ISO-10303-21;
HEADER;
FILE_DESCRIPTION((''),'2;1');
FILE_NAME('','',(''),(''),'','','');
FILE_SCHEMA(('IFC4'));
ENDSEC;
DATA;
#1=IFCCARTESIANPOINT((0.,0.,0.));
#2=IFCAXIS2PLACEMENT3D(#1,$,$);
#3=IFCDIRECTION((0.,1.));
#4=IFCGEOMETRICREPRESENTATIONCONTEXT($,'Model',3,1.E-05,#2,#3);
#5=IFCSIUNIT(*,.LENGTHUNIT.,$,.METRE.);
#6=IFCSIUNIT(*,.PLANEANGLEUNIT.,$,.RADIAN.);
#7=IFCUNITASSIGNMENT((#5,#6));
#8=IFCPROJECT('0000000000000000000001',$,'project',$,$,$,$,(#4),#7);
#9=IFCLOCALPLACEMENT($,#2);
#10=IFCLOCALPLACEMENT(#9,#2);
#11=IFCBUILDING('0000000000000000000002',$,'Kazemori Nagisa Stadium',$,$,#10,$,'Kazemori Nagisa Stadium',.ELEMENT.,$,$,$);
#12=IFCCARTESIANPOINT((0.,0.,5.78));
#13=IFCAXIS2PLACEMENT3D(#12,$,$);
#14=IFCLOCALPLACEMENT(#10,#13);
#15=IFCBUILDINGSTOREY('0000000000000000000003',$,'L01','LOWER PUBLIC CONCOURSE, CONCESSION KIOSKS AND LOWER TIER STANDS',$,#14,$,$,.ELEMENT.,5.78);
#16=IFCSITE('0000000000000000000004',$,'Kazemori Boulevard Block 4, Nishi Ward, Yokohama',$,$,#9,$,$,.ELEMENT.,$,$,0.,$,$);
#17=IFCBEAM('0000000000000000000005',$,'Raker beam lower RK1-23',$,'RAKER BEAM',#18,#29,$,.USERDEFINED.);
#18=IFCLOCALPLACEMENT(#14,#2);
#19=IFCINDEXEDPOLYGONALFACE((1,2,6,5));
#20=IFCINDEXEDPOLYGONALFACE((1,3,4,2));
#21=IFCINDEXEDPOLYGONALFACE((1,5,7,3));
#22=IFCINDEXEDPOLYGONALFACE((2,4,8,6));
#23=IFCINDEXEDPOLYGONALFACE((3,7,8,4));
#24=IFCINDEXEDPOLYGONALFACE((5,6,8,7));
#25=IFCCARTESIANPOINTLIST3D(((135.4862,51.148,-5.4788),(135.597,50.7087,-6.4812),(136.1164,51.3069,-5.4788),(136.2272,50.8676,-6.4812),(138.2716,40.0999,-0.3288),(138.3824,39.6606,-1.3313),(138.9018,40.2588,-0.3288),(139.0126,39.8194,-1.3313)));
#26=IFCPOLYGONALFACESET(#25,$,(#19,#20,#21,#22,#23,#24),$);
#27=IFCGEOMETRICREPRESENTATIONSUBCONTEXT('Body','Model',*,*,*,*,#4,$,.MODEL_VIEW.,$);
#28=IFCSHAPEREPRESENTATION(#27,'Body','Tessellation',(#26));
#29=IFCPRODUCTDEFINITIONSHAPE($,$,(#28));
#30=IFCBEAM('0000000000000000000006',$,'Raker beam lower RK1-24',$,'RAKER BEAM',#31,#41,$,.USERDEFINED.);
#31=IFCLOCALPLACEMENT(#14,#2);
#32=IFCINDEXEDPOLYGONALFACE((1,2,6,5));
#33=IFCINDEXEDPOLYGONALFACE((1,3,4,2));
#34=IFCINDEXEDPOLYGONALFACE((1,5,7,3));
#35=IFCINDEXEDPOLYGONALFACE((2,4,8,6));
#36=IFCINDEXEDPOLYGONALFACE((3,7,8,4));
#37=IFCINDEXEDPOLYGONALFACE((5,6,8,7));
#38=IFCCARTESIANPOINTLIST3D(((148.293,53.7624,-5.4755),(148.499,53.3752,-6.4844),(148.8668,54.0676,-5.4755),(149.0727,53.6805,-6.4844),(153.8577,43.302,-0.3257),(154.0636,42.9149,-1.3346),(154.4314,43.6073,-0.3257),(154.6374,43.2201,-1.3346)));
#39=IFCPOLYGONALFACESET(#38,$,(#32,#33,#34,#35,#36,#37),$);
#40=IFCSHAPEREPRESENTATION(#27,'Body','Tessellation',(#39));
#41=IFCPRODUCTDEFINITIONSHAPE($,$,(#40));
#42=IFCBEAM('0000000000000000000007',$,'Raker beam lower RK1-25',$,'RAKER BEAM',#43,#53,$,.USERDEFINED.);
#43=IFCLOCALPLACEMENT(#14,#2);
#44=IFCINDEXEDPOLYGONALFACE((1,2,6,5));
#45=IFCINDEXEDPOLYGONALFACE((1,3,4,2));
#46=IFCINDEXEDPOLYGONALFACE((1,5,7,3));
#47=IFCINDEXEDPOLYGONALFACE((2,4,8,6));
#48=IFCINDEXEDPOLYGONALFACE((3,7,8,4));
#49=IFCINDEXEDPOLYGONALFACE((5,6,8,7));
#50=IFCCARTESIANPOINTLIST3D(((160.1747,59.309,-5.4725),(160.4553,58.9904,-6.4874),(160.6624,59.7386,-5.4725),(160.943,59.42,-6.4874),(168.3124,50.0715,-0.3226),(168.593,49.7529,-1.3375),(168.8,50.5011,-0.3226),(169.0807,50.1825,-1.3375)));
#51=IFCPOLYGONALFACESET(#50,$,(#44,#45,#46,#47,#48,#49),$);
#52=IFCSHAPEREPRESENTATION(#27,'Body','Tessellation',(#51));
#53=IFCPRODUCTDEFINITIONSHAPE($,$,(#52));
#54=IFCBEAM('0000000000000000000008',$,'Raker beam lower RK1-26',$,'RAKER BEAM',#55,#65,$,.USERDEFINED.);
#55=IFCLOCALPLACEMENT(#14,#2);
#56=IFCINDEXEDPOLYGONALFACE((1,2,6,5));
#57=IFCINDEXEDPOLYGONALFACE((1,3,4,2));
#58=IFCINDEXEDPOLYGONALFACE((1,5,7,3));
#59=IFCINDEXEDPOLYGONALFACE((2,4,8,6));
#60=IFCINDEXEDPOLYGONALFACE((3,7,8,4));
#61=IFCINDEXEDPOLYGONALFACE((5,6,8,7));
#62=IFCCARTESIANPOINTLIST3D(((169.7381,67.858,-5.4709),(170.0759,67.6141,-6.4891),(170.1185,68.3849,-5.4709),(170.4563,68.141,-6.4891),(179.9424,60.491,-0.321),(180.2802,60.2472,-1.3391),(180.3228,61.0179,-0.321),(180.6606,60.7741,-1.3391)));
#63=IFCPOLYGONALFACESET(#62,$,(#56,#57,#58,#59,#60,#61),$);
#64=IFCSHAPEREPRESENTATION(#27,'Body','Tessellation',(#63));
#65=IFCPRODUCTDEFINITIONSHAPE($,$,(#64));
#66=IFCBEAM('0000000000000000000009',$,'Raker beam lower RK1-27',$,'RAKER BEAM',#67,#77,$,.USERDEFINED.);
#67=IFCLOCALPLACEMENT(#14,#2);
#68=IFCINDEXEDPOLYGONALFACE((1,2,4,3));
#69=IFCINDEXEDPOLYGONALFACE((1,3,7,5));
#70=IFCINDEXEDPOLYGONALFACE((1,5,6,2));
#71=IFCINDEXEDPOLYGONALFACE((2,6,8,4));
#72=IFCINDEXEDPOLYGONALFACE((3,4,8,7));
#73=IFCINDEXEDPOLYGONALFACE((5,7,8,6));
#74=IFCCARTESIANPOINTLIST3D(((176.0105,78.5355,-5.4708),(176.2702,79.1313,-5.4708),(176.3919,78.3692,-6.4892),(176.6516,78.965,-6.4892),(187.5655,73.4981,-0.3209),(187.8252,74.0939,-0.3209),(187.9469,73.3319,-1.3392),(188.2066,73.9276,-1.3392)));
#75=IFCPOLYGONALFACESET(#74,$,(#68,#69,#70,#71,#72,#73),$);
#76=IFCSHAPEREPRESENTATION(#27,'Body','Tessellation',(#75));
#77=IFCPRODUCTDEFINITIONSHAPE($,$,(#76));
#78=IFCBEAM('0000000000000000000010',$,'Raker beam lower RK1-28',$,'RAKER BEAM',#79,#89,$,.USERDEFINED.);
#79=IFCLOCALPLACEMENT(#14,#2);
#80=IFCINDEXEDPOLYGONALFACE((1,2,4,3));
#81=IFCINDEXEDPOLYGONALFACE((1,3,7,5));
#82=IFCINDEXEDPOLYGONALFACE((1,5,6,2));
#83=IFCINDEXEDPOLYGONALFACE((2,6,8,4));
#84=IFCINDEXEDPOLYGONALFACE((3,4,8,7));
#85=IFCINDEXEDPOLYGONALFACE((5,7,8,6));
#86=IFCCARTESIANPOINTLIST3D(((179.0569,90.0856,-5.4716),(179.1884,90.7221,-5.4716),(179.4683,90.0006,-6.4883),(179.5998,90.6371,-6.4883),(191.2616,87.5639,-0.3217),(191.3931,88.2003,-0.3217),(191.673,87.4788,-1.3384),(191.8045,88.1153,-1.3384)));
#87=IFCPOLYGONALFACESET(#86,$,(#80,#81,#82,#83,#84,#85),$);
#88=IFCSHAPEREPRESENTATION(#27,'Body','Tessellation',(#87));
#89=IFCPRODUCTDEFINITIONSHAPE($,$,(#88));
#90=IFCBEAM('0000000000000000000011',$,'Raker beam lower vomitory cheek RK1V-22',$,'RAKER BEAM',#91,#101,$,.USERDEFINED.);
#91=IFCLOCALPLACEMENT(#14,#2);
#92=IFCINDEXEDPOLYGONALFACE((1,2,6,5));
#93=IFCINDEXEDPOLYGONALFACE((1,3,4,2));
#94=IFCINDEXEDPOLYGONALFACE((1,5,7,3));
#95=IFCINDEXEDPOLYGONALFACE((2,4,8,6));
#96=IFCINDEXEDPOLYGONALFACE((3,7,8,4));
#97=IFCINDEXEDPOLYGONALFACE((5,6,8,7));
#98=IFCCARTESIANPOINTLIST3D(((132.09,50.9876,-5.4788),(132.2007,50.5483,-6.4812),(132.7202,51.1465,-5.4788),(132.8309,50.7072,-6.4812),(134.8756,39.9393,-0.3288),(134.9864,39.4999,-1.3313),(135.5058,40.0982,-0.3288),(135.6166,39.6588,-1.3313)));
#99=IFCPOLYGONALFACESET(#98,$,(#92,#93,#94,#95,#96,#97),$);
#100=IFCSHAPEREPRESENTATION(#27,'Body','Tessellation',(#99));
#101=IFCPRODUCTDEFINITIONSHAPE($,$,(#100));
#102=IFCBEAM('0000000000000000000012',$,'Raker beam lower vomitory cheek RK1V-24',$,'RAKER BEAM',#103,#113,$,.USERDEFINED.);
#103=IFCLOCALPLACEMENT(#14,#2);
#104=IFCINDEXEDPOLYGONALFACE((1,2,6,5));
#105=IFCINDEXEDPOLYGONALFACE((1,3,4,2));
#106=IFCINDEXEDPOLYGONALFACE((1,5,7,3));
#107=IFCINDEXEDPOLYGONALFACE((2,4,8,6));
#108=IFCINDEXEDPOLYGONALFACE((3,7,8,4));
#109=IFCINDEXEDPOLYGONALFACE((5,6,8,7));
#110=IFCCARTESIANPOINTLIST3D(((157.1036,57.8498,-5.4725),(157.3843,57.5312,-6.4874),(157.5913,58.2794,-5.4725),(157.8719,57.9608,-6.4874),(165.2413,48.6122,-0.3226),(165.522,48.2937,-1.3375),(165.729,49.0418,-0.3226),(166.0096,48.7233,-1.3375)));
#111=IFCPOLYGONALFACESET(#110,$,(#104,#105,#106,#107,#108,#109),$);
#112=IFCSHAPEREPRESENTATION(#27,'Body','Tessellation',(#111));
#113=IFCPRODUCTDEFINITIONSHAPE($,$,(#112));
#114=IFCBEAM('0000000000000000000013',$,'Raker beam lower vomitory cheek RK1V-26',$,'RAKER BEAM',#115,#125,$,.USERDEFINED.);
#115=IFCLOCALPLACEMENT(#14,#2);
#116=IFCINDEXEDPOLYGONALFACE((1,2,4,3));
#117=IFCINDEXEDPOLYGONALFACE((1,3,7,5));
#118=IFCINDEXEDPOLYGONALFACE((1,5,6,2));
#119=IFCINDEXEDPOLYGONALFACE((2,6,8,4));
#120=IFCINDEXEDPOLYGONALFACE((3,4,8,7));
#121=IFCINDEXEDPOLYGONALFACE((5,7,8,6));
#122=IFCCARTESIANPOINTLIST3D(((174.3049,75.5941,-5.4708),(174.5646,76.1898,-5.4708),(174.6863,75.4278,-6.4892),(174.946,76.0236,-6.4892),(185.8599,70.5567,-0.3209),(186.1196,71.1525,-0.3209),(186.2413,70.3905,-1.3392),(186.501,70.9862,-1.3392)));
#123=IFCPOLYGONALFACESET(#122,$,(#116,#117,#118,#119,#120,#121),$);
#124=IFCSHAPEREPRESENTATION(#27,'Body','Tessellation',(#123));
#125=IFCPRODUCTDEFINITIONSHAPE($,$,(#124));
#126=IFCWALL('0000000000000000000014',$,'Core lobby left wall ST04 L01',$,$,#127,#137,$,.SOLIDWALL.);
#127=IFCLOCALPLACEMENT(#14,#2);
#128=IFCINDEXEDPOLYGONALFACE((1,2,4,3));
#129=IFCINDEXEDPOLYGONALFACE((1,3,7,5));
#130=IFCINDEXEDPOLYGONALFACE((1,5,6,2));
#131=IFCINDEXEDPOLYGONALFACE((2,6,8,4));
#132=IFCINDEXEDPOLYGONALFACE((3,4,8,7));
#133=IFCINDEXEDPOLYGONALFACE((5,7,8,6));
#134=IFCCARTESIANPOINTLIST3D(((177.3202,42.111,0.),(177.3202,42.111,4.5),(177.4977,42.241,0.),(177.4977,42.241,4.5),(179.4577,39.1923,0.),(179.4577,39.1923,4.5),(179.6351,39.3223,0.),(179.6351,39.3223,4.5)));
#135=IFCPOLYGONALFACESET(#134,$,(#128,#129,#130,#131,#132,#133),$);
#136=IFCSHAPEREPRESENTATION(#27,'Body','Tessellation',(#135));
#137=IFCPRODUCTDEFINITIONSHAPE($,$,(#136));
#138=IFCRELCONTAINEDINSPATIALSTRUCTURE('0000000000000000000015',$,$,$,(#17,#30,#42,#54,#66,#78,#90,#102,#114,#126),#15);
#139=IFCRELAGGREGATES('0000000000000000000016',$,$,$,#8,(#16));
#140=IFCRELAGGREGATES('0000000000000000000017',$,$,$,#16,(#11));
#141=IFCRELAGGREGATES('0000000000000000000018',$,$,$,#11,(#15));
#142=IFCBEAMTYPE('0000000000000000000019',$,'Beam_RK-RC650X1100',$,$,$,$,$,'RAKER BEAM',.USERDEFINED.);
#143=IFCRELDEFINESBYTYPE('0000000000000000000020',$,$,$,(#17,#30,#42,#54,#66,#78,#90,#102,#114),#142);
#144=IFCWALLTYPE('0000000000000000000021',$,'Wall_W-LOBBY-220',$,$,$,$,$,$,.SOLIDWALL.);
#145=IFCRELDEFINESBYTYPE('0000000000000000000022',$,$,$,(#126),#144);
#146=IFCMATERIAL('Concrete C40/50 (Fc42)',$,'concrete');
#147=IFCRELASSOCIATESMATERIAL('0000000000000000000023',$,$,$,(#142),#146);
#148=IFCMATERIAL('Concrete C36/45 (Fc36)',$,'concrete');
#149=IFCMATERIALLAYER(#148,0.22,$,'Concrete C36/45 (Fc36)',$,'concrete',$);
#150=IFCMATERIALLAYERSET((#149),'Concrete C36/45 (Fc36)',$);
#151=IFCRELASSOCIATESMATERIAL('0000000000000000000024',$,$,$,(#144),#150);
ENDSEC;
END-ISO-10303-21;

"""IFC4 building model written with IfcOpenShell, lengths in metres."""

from ifc_helpers import new_model, si_unit, direction, frame, frame_2d, origin, origin_2d, place, context, subcontext, project, spatial, rectangle, extrude, material, layer, layer_set, material_profile, profile_set, type_object, element, save


model = new_model("IFC4")

# Units and contexts
model_context = context("Model", 3, precision=1e-05, world=origin(), true_north=direction((0.0, 1.0)))
body_context = subcontext(model_context, "Body", "Model", "MODEL_VIEW")
ifc_project = project(units=[si_unit("LENGTHUNIT", "METRE"), si_unit("PLANEANGLEUNIT", "RADIAN")], contexts=[model_context])

# Site, building, storey
site_placement = place(None, origin())
site = spatial("IfcSite", under=ifc_project, at=site_placement, Name="Kazemori Boulevard Block 4, Nishi Ward, Yokohama", CompositionType="ELEMENT", RefElevation=0.0)
building_placement = place(site_placement, origin())
building = spatial("IfcBuilding", under=site, at=building_placement, Name="Kazemori Nagisa Stadium", LongName="Kazemori Nagisa Stadium", CompositionType="ELEMENT")
storey_placement = place(building_placement, frame((0.0, 0.0, 5.78)))
storey = spatial("IfcBuildingStorey", under=building, at=storey_placement, Name="L01", Description="LOWER PUBLIC CONCOURSE, CONCESSION KIOSKS AND LOWER TIER STANDS", CompositionType="ELEMENT", Elevation=5.78)

# Shared definitions
ifc_material_1 = material(Name="Concrete C40/50 (Fc42)", Category="concrete")

# Beams
ifc_material_profile_1 = material_profile(ifc_material_1, rectangle(XDim=0.6499, YDim=1.1001, at=origin_2d()), Name="RC-RK-650x1100")
ifc_profile_set_1 = profile_set([ifc_material_profile_1], Name="Concrete C40/50 (Fc42)")
beam_type_1 = type_object("IfcBeamType", Name="Beam_RK-RC650X1100", ElementType="RAKER BEAM", PredefinedType="USERDEFINED", material=ifc_profile_set_1)
beam_1_placement = place(storey_placement, frame((135.8567, 51.0078, -5.98), z_axis=(0.222768, -0.883592, 0.411873), x_axis=(0.969658, 0.244466, 0.0)))
element("IfcBeam", 1, at=beam_1_placement, inside=storey, type_object=beam_type_1, Name="Raker beam lower RK1-23", ObjectType="RAKER BEAM", PredefinedType="USERDEFINED", context=body_context, shape_type="SweptSolid", body=[
    extrude(rectangle(XDim=0.6499, YDim=1.1001, at=origin_2d()), origin(), (0.0, 0.0, 1.0), 12.5037),
])
beam_2_placement = place(storey_placement, frame((148.6829, 53.7214, -5.98), z_axis=(0.430727, -0.809676, 0.398621), x_axis=(0.88285, 0.469654, 0.0)))
element("IfcBeam", 2, at=beam_2_placement, inside=storey, type_object=beam_type_1, Name="Raker beam lower RK1-24", ObjectType="RAKER BEAM", PredefinedType="USERDEFINED", context=body_context, shape_type="SweptSolid", body=[
    extrude(rectangle(XDim=0.6499, YDim=1.1001, at=origin_2d()), origin(), (0.0, 0.0, 1.0), 12.9192),
])
beam_3_placement = place(storey_placement, frame((160.5588, 59.3645, -5.98), z_axis=(0.609816, -0.692236, 0.385919), x_axis=(0.750365, 0.661024, 0.0)))
element("IfcBeam", 3, at=beam_3_placement, inside=storey, type_object=beam_type_1, Name="Raker beam lower RK1-25", ObjectType="RAKER BEAM", PredefinedType="USERDEFINED", context=body_context, shape_type="SweptSolid", body=[
    extrude(rectangle(XDim=0.6499, YDim=1.1001, at=origin_2d()), origin(), (0.0, 0.0, 1.0), 13.3445),
])
beam_4_placement = place(storey_placement, frame((170.0972, 67.9995, -5.98), z_axis=(0.750397, -0.541743, 0.378708), x_axis=(0.585341, 0.810787, 0.0)))
element("IfcBeam", 4, at=beam_4_placement, inside=storey, type_object=beam_type_1, Name="Raker beam lower RK1-26", ObjectType="RAKER BEAM", PredefinedType="USERDEFINED", context=body_context, shape_type="SweptSolid", body=[
    extrude(rectangle(XDim=0.6499, YDim=1.1001, at=origin_2d()), origin(), (0.0, 0.0, 1.0), 13.5986),
])
beam_5_placement = place(storey_placement, frame((176.3311, 78.7502, -5.98), z_axis=(0.848589, -0.369941, 0.378207), x_axis=(0.399625, 0.916679, 0.0)))
element("IfcBeam", 5, at=beam_5_placement, inside=storey, type_object=beam_type_1, Name="Raker beam lower RK1-27", ObjectType="RAKER BEAM", PredefinedType="USERDEFINED", context=body_context, shape_type="SweptSolid", body=[
    extrude(rectangle(XDim=0.6499, YDim=1.1001, at=origin_2d()), origin(), (0.0, 0.0, 1.0), 13.6167),
])
beam_6_placement = place(storey_placement, frame((179.3284, 90.3613, -5.98), z_axis=(0.905081, -0.187009, 0.381912), x_axis=(0.202347, 0.979314, 0.0)))
element("IfcBeam", 6, at=beam_6_placement, inside=storey, type_object=beam_type_1, Name="Raker beam lower RK1-28", ObjectType="RAKER BEAM", PredefinedType="USERDEFINED", context=body_context, shape_type="SweptSolid", body=[
    extrude(rectangle(XDim=0.6499, YDim=1.1001, at=origin_2d()), origin(), (0.0, 0.0, 1.0), 13.4846),
])
beam_7_placement = place(storey_placement, frame((132.4604, 50.8474, -5.98), z_axis=(0.222782, -0.883593, 0.411864), x_axis=(0.969654, 0.244481, 0.0)))
element("IfcBeam", 7, at=beam_7_placement, inside=storey, type_object=beam_type_1, Name="Raker beam lower vomitory cheek RK1V-22", ObjectType="RAKER BEAM", PredefinedType="USERDEFINED", context=body_context, shape_type="SweptSolid", body=[
    extrude(rectangle(XDim=0.6499, YDim=1.1001, at=origin_2d()), origin(), (0.0, 0.0, 1.0), 12.5039),
])
beam_8_placement = place(storey_placement, frame((157.4878, 57.9053, -5.98), z_axis=(0.609816, -0.692236, 0.385919), x_axis=(0.750365, 0.661024, 0.0)))
element("IfcBeam", 8, at=beam_8_placement, inside=storey, type_object=beam_type_1, Name="Raker beam lower vomitory cheek RK1V-24", ObjectType="RAKER BEAM", PredefinedType="USERDEFINED", context=body_context, shape_type="SweptSolid", body=[
    extrude(rectangle(XDim=0.6499, YDim=1.1001, at=origin_2d()), origin(), (0.0, 0.0, 1.0), 13.3445),
])
beam_9_placement = place(storey_placement, frame((174.6255, 75.8088, -5.98), z_axis=(0.848589, -0.369941, 0.378207), x_axis=(0.399625, 0.916679, 0.0)))
element("IfcBeam", 9, at=beam_9_placement, inside=storey, type_object=beam_type_1, Name="Raker beam lower vomitory cheek RK1V-26", ObjectType="RAKER BEAM", PredefinedType="USERDEFINED", context=body_context, shape_type="SweptSolid", body=[
    extrude(rectangle(XDim=0.6499, YDim=1.1001, at=origin_2d()), origin(), (0.0, 0.0, 1.0), 13.6167),
])

# Wall
ifc_material_2 = material(Name="Concrete C36/45 (Fc36)", Category="concrete")
ifc_layer = layer(ifc_material_2, 0.22, Name="Concrete C36/45 (Fc36)", Category="concrete")
ifc_layer_set = layer_set([ifc_layer], Name="Concrete C36/45 (Fc36)")
wall_type = type_object("IfcWallType", Name="Wall_W-LOBBY-220", PredefinedType="SOLIDWALL", material=ifc_layer_set)
wall_placement = place(storey_placement, frame((177.4089, 42.176, 0.0), z_axis=(0.0, 0.0, 1.0), x_axis=(0.590837, -0.806791, 0.0)))
element("IfcWall", 10, at=wall_placement, inside=storey, type_object=wall_type, Name="Core lobby left wall ST04 L01", PredefinedType="SOLIDWALL", context=body_context, shape_type="SweptSolid", body=[
    extrude(rectangle(XDim=3.6177, YDim=0.22, at=frame_2d((1.8088, 0.0))), origin(), (0.0, 0.0, 1.0), 4.5),
])

save(model, "model.ifc")
